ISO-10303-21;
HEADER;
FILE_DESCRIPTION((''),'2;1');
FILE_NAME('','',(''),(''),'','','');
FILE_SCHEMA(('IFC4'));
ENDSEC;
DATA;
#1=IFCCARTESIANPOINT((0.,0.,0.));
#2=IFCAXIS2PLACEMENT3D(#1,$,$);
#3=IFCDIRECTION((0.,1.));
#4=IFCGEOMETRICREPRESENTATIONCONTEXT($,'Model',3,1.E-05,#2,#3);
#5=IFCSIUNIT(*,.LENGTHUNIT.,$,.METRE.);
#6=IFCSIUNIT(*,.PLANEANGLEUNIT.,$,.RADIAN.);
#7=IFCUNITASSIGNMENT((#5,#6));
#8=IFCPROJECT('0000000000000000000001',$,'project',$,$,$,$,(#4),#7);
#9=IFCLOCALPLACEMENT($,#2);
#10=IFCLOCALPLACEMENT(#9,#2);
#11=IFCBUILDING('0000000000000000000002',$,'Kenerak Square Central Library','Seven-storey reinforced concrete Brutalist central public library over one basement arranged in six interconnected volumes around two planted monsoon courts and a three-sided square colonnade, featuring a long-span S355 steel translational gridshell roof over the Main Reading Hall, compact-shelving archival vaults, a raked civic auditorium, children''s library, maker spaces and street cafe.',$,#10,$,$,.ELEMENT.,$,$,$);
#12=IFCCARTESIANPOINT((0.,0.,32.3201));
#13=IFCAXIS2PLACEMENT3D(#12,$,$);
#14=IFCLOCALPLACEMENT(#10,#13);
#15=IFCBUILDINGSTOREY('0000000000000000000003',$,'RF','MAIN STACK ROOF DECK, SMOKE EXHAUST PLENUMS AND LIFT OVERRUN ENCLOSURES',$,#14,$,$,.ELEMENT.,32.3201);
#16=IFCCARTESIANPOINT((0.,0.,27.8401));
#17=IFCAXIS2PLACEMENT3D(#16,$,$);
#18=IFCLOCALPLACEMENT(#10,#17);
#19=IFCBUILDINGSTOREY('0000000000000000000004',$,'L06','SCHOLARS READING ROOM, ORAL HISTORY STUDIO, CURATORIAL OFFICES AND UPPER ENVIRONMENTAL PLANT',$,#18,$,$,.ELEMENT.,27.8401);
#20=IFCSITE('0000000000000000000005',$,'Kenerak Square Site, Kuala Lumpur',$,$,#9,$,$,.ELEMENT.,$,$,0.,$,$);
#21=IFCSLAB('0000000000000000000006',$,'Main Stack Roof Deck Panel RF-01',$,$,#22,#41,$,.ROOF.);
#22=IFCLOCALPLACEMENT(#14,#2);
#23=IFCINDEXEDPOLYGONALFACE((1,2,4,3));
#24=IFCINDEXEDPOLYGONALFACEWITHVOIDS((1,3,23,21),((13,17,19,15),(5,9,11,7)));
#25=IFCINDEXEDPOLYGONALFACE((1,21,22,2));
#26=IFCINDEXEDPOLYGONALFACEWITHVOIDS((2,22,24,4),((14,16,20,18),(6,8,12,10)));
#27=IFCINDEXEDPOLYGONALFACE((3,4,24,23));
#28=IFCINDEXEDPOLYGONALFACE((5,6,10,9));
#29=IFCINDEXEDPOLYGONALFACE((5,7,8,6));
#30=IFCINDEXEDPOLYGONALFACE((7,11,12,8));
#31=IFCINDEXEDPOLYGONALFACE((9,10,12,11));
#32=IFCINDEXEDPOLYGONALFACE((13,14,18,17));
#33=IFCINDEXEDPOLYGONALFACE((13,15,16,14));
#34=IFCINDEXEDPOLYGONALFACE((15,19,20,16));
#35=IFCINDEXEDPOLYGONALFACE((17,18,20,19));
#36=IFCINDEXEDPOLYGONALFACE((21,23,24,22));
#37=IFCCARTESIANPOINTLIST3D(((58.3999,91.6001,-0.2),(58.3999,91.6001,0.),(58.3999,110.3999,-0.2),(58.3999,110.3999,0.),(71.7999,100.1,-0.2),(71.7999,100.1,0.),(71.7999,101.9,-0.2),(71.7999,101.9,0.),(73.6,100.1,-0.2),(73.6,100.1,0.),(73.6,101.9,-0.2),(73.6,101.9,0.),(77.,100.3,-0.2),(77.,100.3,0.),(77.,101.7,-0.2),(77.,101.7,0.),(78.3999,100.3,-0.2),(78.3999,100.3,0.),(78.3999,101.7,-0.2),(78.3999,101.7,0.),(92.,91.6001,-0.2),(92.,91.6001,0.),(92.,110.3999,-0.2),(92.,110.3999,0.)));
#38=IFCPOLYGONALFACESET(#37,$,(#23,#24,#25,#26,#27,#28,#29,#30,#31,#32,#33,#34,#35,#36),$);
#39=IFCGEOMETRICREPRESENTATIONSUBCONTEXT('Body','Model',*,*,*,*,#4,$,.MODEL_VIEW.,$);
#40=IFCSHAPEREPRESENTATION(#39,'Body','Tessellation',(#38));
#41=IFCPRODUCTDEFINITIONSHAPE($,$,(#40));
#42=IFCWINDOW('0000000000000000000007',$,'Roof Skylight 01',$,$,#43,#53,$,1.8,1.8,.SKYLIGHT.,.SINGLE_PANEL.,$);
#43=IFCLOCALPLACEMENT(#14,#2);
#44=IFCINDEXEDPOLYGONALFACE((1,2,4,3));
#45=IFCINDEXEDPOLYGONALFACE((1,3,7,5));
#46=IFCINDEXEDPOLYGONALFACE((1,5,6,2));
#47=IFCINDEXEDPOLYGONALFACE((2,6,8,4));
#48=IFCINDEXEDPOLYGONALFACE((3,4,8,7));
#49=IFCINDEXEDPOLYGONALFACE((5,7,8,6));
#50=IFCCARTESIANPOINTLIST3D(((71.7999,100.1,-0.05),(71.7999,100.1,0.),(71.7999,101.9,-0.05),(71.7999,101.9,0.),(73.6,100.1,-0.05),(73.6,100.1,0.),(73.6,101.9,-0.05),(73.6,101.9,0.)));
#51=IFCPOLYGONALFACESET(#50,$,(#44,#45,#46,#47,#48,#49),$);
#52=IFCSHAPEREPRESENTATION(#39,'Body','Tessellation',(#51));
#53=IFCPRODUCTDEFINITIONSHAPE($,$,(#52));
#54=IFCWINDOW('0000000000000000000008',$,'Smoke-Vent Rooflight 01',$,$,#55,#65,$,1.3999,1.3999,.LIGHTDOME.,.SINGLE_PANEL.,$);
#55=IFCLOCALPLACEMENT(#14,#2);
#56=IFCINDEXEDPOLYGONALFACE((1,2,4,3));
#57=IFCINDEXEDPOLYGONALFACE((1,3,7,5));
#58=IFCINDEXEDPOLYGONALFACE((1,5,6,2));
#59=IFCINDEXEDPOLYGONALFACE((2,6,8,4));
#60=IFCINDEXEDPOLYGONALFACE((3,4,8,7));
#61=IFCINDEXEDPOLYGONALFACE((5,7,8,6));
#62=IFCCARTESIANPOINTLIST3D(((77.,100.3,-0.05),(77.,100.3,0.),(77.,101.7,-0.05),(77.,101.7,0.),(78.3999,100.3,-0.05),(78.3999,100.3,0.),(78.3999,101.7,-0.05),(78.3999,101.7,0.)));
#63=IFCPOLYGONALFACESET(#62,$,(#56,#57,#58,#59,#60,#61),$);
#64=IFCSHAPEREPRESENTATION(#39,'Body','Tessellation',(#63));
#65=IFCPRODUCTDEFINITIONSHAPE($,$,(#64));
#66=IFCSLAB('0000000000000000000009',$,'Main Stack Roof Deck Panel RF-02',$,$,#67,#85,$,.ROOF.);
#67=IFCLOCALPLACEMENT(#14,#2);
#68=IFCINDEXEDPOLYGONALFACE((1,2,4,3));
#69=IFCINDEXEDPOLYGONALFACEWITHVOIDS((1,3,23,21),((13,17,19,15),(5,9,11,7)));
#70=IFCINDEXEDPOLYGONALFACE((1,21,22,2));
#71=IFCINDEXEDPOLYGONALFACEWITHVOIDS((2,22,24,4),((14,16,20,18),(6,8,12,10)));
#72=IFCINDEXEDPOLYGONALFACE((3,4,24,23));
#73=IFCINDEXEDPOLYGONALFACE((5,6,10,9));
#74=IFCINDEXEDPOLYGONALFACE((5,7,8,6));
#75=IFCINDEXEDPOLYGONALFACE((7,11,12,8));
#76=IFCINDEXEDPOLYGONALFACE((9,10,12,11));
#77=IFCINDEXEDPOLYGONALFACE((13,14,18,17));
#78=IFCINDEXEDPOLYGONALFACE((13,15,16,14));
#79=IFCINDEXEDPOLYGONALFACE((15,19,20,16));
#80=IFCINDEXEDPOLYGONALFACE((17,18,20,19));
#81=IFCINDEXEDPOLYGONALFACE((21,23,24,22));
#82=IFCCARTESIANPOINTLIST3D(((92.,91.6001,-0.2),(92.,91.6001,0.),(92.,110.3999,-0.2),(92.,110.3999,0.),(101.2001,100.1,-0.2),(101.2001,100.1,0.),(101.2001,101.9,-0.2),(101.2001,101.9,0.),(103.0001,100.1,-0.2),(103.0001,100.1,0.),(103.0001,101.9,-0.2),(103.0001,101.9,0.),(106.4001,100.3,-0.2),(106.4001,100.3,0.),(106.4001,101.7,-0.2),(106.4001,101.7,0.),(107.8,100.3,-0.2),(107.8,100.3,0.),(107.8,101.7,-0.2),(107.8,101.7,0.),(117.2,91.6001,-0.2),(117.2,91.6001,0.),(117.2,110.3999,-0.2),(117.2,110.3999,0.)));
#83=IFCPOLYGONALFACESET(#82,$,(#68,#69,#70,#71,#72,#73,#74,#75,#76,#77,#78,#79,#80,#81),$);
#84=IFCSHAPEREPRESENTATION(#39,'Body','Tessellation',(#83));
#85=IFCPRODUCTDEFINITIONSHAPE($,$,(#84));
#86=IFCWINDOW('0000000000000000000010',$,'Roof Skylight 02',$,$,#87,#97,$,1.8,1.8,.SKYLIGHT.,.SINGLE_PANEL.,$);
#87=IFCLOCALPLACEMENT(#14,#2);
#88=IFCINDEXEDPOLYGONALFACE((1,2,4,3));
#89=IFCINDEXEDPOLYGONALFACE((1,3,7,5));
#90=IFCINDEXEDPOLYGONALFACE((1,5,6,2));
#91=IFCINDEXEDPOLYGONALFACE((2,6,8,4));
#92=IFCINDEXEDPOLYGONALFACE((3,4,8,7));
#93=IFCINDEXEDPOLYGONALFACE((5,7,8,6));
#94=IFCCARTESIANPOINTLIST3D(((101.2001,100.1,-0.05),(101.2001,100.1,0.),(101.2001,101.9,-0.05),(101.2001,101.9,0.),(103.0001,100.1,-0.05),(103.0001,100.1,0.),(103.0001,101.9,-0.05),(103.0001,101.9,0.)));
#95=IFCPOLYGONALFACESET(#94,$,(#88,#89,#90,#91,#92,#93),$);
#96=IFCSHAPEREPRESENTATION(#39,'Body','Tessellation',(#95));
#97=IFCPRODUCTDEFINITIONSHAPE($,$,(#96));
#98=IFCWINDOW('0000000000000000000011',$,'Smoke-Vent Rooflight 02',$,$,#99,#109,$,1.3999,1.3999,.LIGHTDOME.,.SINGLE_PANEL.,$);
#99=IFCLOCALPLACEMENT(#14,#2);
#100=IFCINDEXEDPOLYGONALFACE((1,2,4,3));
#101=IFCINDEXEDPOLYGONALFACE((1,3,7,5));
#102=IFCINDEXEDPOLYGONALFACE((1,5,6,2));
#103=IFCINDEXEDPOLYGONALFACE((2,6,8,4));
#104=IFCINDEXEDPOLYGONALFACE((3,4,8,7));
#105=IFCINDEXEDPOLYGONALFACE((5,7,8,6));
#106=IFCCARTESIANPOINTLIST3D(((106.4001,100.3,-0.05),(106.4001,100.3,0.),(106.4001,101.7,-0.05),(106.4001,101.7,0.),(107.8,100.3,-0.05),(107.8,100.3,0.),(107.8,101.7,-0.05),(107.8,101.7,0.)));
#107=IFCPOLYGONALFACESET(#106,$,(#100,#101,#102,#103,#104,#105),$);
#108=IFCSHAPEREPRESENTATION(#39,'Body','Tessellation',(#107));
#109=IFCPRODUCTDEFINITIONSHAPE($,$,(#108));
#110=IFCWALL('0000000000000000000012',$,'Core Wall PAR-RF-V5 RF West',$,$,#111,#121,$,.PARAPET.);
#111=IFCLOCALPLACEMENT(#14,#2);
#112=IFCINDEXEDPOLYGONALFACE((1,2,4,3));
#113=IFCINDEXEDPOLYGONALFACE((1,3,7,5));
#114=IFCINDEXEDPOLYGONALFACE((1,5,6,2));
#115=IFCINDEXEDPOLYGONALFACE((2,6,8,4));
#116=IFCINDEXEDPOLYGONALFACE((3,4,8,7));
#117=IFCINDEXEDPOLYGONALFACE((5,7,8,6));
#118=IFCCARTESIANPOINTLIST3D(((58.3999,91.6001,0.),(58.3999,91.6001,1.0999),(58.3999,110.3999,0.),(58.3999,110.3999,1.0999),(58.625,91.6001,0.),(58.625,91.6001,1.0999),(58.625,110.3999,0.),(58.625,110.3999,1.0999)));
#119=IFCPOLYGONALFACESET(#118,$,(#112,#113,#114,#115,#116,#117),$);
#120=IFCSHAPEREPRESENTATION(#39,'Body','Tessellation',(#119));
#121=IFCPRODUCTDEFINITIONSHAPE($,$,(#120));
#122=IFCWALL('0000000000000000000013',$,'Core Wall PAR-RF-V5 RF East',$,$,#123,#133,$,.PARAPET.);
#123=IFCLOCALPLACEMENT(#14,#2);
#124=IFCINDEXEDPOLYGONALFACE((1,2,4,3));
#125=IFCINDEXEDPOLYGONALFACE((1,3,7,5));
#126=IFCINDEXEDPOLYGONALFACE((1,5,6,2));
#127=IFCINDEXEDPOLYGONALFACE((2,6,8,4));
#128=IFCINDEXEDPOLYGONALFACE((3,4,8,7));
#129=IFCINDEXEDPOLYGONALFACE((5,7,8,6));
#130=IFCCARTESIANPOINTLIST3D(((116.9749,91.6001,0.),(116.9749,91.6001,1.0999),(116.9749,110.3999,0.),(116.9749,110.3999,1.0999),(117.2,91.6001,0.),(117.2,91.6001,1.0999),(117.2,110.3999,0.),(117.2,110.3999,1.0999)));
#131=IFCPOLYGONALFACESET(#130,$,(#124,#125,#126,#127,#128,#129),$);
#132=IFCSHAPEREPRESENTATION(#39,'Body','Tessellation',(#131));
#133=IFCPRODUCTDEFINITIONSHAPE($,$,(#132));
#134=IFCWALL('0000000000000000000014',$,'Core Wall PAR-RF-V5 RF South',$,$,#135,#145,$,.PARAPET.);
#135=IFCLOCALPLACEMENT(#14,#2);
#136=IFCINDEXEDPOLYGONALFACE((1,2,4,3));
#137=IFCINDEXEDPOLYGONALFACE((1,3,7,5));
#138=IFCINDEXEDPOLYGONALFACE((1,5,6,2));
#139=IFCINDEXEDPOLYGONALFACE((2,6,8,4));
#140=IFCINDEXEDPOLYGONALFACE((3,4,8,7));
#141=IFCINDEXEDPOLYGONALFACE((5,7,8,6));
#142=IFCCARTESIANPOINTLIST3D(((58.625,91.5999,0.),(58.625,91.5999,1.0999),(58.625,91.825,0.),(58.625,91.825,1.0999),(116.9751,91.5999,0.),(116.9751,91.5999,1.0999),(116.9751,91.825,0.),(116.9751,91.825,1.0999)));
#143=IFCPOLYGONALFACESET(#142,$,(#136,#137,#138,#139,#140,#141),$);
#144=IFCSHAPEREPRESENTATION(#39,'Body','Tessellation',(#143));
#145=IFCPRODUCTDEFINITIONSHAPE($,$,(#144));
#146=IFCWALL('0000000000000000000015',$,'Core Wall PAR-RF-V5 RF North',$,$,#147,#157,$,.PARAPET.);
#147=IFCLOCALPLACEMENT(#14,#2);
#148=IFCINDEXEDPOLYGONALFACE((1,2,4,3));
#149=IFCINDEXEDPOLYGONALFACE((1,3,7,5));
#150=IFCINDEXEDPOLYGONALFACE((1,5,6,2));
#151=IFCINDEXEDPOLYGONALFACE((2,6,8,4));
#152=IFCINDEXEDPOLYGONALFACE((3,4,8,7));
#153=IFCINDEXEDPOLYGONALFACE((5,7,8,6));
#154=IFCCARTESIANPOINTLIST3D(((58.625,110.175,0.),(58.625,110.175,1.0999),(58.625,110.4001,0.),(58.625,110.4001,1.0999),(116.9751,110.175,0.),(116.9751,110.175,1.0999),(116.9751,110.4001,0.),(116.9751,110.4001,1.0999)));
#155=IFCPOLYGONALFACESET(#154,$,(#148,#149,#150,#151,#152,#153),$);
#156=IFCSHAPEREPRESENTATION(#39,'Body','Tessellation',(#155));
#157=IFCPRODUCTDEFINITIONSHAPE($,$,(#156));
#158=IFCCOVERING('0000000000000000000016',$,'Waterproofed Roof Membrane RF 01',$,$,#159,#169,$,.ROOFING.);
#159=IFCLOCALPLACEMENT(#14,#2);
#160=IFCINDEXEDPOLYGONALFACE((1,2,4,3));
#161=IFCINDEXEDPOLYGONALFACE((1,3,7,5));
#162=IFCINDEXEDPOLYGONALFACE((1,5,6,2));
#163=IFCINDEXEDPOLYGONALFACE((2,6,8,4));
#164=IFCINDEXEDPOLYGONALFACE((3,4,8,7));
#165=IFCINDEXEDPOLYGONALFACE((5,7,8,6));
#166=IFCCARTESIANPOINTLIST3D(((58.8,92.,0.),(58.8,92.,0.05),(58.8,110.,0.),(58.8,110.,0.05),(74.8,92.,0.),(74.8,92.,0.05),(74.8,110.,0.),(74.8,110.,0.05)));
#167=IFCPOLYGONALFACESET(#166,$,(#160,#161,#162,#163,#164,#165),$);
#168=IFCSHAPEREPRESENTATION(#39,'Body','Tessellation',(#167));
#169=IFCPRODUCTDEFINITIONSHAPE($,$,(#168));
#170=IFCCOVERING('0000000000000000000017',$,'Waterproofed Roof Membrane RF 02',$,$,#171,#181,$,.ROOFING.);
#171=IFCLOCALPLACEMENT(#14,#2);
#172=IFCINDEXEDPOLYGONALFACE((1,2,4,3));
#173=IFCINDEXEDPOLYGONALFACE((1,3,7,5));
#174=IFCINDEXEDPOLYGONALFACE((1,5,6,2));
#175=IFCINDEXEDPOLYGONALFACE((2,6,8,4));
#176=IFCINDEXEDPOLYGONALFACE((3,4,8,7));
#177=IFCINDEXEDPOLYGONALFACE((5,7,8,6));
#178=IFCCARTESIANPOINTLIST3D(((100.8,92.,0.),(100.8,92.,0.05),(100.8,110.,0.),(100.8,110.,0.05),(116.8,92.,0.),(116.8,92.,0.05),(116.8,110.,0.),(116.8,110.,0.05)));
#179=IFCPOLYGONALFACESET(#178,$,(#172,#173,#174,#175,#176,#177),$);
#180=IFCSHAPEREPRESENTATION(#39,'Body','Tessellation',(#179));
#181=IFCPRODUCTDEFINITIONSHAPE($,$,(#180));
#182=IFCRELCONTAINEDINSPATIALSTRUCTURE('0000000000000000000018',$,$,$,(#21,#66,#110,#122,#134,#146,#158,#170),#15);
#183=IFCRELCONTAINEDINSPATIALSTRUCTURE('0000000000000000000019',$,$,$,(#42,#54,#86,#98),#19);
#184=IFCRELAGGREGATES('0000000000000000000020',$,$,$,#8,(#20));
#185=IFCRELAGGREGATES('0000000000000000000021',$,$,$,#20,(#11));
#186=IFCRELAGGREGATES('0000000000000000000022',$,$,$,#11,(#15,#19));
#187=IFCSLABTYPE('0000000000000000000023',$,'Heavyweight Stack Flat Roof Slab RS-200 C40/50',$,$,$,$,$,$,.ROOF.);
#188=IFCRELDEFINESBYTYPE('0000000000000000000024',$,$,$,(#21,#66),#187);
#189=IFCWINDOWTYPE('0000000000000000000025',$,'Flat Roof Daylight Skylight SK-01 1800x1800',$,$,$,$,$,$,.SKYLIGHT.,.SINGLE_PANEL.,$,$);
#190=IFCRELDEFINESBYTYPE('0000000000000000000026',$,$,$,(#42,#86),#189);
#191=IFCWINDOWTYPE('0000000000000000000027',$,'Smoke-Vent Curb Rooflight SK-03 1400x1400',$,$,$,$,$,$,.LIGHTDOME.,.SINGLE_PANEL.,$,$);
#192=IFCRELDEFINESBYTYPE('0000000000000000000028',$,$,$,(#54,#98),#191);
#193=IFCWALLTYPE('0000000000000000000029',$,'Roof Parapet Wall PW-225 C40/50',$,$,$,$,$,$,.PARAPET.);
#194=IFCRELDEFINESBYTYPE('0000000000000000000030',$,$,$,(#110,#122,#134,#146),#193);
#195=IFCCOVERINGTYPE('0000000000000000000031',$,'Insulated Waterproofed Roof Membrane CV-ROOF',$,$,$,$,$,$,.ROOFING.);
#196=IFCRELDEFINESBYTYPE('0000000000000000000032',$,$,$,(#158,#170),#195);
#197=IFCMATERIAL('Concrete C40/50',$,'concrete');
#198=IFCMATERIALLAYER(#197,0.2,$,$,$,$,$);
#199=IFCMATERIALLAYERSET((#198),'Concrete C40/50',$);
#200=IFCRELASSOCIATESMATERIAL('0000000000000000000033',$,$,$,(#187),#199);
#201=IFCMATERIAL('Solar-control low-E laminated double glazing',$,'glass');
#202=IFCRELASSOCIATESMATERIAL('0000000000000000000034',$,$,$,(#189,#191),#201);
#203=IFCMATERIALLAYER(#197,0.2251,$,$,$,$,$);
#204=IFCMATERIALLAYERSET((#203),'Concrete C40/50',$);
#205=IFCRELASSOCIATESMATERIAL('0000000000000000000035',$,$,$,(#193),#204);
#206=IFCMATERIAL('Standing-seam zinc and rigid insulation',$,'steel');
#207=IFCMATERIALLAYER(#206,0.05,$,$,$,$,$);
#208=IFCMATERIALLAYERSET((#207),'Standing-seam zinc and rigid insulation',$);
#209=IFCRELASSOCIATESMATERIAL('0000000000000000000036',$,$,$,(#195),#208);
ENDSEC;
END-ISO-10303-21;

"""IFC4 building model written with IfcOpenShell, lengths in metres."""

from ifc_helpers import new_model, si_unit, direction, frame, frame_2d, origin, origin_2d, place, context, subcontext, project, spatial, polyline, rectangle, outline, extrude, material, layer, layer_set, type_object, element, fill, save


model = new_model("IFC4")

# Units and contexts
model_context = context("Model", 3, precision=1e-05, world=origin(), true_north=direction((0.0, 1.0)))
body_context = subcontext(model_context, "Body", "Model", "MODEL_VIEW")
ifc_project = project(units=[si_unit("LENGTHUNIT", "METRE"), si_unit("PLANEANGLEUNIT", "RADIAN")], contexts=[model_context])

# Site, building, storey
site_placement = place(None, origin())
site = spatial("IfcSite", under=ifc_project, at=site_placement, Name="Kenerak Square Site, Kuala Lumpur", CompositionType="ELEMENT", RefElevation=0.0)
building_placement = place(site_placement, origin())
building = spatial("IfcBuilding", under=site, at=building_placement, Name="Kenerak Square Central Library", Description="Seven-storey reinforced concrete Brutalist central public library over one basement arranged in six interconnected volumes around two planted monsoon courts and a three-sided square colonnade, featuring a long-span S355 steel translational gridshell roof over the Main Reading Hall, compact-shelving archival vaults, a raked civic auditorium, children's library, maker spaces and street cafe.", CompositionType="ELEMENT")
storey_1_placement = place(building_placement, frame((0.0, 0.0, 32.3201)))
storey_1 = spatial("IfcBuildingStorey", under=building, at=storey_1_placement, Name="RF", Description="MAIN STACK ROOF DECK, SMOKE EXHAUST PLENUMS AND LIFT OVERRUN ENCLOSURES", CompositionType="ELEMENT", Elevation=32.3201)

# Slab, openings
ifc_material_1 = material(Name="Concrete C40/50", Category="concrete")
ifc_layer_1 = layer(ifc_material_1, 0.2)
ifc_layer_set_1 = layer_set([ifc_layer_1], Name="Concrete C40/50")
slab_type = type_object("IfcSlabType", Name="Heavyweight Stack Flat Roof Slab RS-200 C40/50", PredefinedType="ROOF", material=ifc_layer_set_1)
slab_1_placement = place(storey_1_placement, frame((0.0, 0.0, -0.2)))
slab_1 = element("IfcSlab", 1, at=slab_1_placement, inside=storey_1, type_object=slab_type, Name="Main Stack Roof Deck Panel RF-01", PredefinedType="ROOF", context=body_context, shape_type="SweptSolid", body=[
    extrude(outline(polyline([(58.3999, 91.6001), (92.0, 91.6001), (92.0, 110.3999), (58.3999, 110.3999), (58.3999, 91.6001)])), origin(), (0.0, 0.0, 1.0), 0.2),
])
opening_1_placement = place(slab_1_placement, frame((72.7, 101.0, 0.0)))
opening_1 = element("IfcOpeningElement", 2, at=opening_1_placement, cuts=slab_1, PredefinedType="OPENING", context=body_context, shape_type="SweptSolid", body=[
    extrude(rectangle(XDim=1.8, YDim=1.8, at=origin_2d()), frame((0.0, 0.0, -0.01)), (0.0, 0.0, 1.0), 0.22),
])
opening_2_placement = place(slab_1_placement, frame((77.7, 101.0, 0.0)))
opening_2 = element("IfcOpeningElement", 3, at=opening_2_placement, cuts=slab_1, PredefinedType="OPENING", context=body_context, shape_type="SweptSolid", body=[
    extrude(rectangle(XDim=1.3999, YDim=1.3999, at=origin_2d()), frame((0.0, 0.0, -0.01)), (0.0, 0.0, 1.0), 0.22),
])

# Shared definitions
storey_2_placement = place(building_placement, frame((0.0, 0.0, 27.8401)))
storey_2 = spatial("IfcBuildingStorey", under=building, at=storey_2_placement, Name="L06", Description="SCHOLARS READING ROOM, ORAL HISTORY STUDIO, CURATORIAL OFFICES AND UPPER ENVIRONMENTAL PLANT", CompositionType="ELEMENT", Elevation=27.8401)

# Windows
ifc_material_2 = material(Name="Solar-control low-E laminated double glazing", Category="glass")
window_type_1 = type_object("IfcWindowType", Name="Flat Roof Daylight Skylight SK-01 1800x1800", PartitioningType="SINGLE_PANEL", PredefinedType="SKYLIGHT", material=ifc_material_2)
window_1_placement = place(opening_1_placement, frame((0.0, 0.0, 0.1499)))
window_1 = element("IfcWindow", 4, at=window_1_placement, inside=storey_2, type_object=window_type_1, Name="Roof Skylight 01", OverallHeight=1.8, OverallWidth=1.8, PartitioningType="SINGLE_PANEL", PredefinedType="SKYLIGHT", context=body_context, shape_type="SweptSolid", body=[
    extrude(rectangle(XDim=1.8, YDim=1.8, at=origin_2d()), origin(), (0.0, 0.0, 1.0), 0.05),
])
fill(opening_1, window_1)
window_type_2 = type_object("IfcWindowType", Name="Smoke-Vent Curb Rooflight SK-03 1400x1400", PartitioningType="SINGLE_PANEL", PredefinedType="LIGHTDOME", material=ifc_material_2)
window_2_placement = place(opening_2_placement, frame((0.0, 0.0, 0.1499)))
window_2 = element("IfcWindow", 5, at=window_2_placement, inside=storey_2, type_object=window_type_2, Name="Smoke-Vent Rooflight 01", OverallHeight=1.3999, OverallWidth=1.3999, PartitioningType="SINGLE_PANEL", PredefinedType="LIGHTDOME", context=body_context, shape_type="SweptSolid", body=[
    extrude(rectangle(XDim=1.3999, YDim=1.3999, at=origin_2d()), origin(), (0.0, 0.0, 1.0), 0.05),
])
fill(opening_2, window_2)

# Slab, openings, windows
slab_2_placement = place(storey_1_placement, frame((0.0, 0.0, -0.2)))
slab_2 = element("IfcSlab", 6, at=slab_2_placement, inside=storey_1, type_object=slab_type, Name="Main Stack Roof Deck Panel RF-02", PredefinedType="ROOF", context=body_context, shape_type="SweptSolid", body=[
    extrude(outline(polyline([(92.0, 91.6001), (117.2, 91.6001), (117.2, 110.3999), (92.0, 110.3999), (92.0, 91.6001)])), origin(), (0.0, 0.0, 1.0), 0.2),
])
opening_3_placement = place(slab_2_placement, frame((102.1001, 101.0, 0.0)))
opening_3 = element("IfcOpeningElement", 7, at=opening_3_placement, cuts=slab_2, PredefinedType="OPENING", context=body_context, shape_type="SweptSolid", body=[
    extrude(rectangle(XDim=1.8, YDim=1.8, at=origin_2d()), frame((0.0, 0.0, -0.01)), (0.0, 0.0, 1.0), 0.22),
])
opening_4_placement = place(slab_2_placement, frame((107.1001, 101.0, 0.0)))
opening_4 = element("IfcOpeningElement", 8, at=opening_4_placement, cuts=slab_2, PredefinedType="OPENING", context=body_context, shape_type="SweptSolid", body=[
    extrude(rectangle(XDim=1.3999, YDim=1.3999, at=origin_2d()), frame((0.0, 0.0, -0.01)), (0.0, 0.0, 1.0), 0.22),
])
window_3_placement = place(opening_3_placement, frame((0.0, 0.0, 0.1499)))
window_3 = element("IfcWindow", 9, at=window_3_placement, inside=storey_2, type_object=window_type_1, Name="Roof Skylight 02", OverallHeight=1.8, OverallWidth=1.8, PartitioningType="SINGLE_PANEL", PredefinedType="SKYLIGHT", context=body_context, shape_type="SweptSolid", body=[
    extrude(rectangle(XDim=1.8, YDim=1.8, at=origin_2d()), origin(), (0.0, 0.0, 1.0), 0.05),
])
fill(opening_3, window_3)
window_4_placement = place(opening_4_placement, frame((0.0, 0.0, 0.1499)))
window_4 = element("IfcWindow", 10, at=window_4_placement, inside=storey_2, type_object=window_type_2, Name="Smoke-Vent Rooflight 02", OverallHeight=1.3999, OverallWidth=1.3999, PartitioningType="SINGLE_PANEL", PredefinedType="LIGHTDOME", context=body_context, shape_type="SweptSolid", body=[
    extrude(rectangle(XDim=1.3999, YDim=1.3999, at=origin_2d()), origin(), (0.0, 0.0, 1.0), 0.05),
])
fill(opening_4, window_4)

# Walls
ifc_layer_2 = layer(ifc_material_1, 0.2251)
ifc_layer_set_2 = layer_set([ifc_layer_2], Name="Concrete C40/50")
wall_type = type_object("IfcWallType", Name="Roof Parapet Wall PW-225 C40/50", PredefinedType="PARAPET", material=ifc_layer_set_2)
for number, where, z_axis, x_axis, name in (
    (11, (58.5125, 91.6001, 0.0), (0.0, 0.0, 1.0), (0.0, 1.0, 0.0), "Core Wall PAR-RF-V5 RF West"),
    (12, (117.0874, 110.3999, 0.0), (0.0, 0.0, 1.0), (0.0, -1.0, 0.0), "Core Wall PAR-RF-V5 RF East"),
):
    element("IfcWall", number, at=place(storey_1_placement, frame(where, z_axis=z_axis, x_axis=x_axis)), inside=storey_1, type_object=wall_type, Name=name, PredefinedType="PARAPET", context=body_context, shape_type="SweptSolid", body=[
        extrude(rectangle(XDim=18.7998, YDim=0.2251, at=frame_2d((9.3999, 0.0))), origin(), (0.0, 0.0, 1.0), 1.0999),
    ])
for number, where, z_axis, x_axis, name in (
    (13, (116.9751, 91.7124, 0.0), (0.0, 0.0, 1.0), (-1.0, 0.0, 0.0), "Core Wall PAR-RF-V5 RF South"),
    (14, (58.625, 110.2876, 0.0), (0.0, 0.0, 1.0), (1.0, 0.0, 0.0), "Core Wall PAR-RF-V5 RF North"),
):
    element("IfcWall", number, at=place(storey_1_placement, frame(where, z_axis=z_axis, x_axis=x_axis)), inside=storey_1, type_object=wall_type, Name=name, PredefinedType="PARAPET", context=body_context, shape_type="SweptSolid", body=[
        extrude(rectangle(XDim=58.3501, YDim=0.2251, at=frame_2d((29.175, 0.0))), origin(), (0.0, 0.0, 1.0), 1.0999),
    ])

# Coverings
ifc_material_3 = material(Name="Standing-seam zinc and rigid insulation", Category="steel")
ifc_layer_3 = layer(ifc_material_3, 0.05)
ifc_layer_set_3 = layer_set([ifc_layer_3], Name="Standing-seam zinc and rigid insulation")
covering_type = type_object("IfcCoveringType", Name="Insulated Waterproofed Roof Membrane CV-ROOF", PredefinedType="ROOFING", material=ifc_layer_set_3)
covering_1_placement = place(storey_1_placement, origin())
element("IfcCovering", 15, at=covering_1_placement, inside=storey_1, type_object=covering_type, Name="Waterproofed Roof Membrane RF 01", PredefinedType="ROOFING", context=body_context, shape_type="SweptSolid", body=[
    extrude(outline(polyline([(58.8, 92.0), (74.8, 92.0), (74.8, 110.0), (58.8, 110.0), (58.8, 92.0)])), origin(), (0.0, 0.0, 1.0), 0.05),
])
covering_2_placement = place(storey_1_placement, origin())
element("IfcCovering", 16, at=covering_2_placement, inside=storey_1, type_object=covering_type, Name="Waterproofed Roof Membrane RF 02", PredefinedType="ROOFING", context=body_context, shape_type="SweptSolid", body=[
    extrude(outline(polyline([(100.8, 92.0), (116.8, 92.0), (116.8, 110.0), (100.8, 110.0), (100.8, 92.0)])), origin(), (0.0, 0.0, 1.0), 0.05),
])

save(model, "model.ifc")
